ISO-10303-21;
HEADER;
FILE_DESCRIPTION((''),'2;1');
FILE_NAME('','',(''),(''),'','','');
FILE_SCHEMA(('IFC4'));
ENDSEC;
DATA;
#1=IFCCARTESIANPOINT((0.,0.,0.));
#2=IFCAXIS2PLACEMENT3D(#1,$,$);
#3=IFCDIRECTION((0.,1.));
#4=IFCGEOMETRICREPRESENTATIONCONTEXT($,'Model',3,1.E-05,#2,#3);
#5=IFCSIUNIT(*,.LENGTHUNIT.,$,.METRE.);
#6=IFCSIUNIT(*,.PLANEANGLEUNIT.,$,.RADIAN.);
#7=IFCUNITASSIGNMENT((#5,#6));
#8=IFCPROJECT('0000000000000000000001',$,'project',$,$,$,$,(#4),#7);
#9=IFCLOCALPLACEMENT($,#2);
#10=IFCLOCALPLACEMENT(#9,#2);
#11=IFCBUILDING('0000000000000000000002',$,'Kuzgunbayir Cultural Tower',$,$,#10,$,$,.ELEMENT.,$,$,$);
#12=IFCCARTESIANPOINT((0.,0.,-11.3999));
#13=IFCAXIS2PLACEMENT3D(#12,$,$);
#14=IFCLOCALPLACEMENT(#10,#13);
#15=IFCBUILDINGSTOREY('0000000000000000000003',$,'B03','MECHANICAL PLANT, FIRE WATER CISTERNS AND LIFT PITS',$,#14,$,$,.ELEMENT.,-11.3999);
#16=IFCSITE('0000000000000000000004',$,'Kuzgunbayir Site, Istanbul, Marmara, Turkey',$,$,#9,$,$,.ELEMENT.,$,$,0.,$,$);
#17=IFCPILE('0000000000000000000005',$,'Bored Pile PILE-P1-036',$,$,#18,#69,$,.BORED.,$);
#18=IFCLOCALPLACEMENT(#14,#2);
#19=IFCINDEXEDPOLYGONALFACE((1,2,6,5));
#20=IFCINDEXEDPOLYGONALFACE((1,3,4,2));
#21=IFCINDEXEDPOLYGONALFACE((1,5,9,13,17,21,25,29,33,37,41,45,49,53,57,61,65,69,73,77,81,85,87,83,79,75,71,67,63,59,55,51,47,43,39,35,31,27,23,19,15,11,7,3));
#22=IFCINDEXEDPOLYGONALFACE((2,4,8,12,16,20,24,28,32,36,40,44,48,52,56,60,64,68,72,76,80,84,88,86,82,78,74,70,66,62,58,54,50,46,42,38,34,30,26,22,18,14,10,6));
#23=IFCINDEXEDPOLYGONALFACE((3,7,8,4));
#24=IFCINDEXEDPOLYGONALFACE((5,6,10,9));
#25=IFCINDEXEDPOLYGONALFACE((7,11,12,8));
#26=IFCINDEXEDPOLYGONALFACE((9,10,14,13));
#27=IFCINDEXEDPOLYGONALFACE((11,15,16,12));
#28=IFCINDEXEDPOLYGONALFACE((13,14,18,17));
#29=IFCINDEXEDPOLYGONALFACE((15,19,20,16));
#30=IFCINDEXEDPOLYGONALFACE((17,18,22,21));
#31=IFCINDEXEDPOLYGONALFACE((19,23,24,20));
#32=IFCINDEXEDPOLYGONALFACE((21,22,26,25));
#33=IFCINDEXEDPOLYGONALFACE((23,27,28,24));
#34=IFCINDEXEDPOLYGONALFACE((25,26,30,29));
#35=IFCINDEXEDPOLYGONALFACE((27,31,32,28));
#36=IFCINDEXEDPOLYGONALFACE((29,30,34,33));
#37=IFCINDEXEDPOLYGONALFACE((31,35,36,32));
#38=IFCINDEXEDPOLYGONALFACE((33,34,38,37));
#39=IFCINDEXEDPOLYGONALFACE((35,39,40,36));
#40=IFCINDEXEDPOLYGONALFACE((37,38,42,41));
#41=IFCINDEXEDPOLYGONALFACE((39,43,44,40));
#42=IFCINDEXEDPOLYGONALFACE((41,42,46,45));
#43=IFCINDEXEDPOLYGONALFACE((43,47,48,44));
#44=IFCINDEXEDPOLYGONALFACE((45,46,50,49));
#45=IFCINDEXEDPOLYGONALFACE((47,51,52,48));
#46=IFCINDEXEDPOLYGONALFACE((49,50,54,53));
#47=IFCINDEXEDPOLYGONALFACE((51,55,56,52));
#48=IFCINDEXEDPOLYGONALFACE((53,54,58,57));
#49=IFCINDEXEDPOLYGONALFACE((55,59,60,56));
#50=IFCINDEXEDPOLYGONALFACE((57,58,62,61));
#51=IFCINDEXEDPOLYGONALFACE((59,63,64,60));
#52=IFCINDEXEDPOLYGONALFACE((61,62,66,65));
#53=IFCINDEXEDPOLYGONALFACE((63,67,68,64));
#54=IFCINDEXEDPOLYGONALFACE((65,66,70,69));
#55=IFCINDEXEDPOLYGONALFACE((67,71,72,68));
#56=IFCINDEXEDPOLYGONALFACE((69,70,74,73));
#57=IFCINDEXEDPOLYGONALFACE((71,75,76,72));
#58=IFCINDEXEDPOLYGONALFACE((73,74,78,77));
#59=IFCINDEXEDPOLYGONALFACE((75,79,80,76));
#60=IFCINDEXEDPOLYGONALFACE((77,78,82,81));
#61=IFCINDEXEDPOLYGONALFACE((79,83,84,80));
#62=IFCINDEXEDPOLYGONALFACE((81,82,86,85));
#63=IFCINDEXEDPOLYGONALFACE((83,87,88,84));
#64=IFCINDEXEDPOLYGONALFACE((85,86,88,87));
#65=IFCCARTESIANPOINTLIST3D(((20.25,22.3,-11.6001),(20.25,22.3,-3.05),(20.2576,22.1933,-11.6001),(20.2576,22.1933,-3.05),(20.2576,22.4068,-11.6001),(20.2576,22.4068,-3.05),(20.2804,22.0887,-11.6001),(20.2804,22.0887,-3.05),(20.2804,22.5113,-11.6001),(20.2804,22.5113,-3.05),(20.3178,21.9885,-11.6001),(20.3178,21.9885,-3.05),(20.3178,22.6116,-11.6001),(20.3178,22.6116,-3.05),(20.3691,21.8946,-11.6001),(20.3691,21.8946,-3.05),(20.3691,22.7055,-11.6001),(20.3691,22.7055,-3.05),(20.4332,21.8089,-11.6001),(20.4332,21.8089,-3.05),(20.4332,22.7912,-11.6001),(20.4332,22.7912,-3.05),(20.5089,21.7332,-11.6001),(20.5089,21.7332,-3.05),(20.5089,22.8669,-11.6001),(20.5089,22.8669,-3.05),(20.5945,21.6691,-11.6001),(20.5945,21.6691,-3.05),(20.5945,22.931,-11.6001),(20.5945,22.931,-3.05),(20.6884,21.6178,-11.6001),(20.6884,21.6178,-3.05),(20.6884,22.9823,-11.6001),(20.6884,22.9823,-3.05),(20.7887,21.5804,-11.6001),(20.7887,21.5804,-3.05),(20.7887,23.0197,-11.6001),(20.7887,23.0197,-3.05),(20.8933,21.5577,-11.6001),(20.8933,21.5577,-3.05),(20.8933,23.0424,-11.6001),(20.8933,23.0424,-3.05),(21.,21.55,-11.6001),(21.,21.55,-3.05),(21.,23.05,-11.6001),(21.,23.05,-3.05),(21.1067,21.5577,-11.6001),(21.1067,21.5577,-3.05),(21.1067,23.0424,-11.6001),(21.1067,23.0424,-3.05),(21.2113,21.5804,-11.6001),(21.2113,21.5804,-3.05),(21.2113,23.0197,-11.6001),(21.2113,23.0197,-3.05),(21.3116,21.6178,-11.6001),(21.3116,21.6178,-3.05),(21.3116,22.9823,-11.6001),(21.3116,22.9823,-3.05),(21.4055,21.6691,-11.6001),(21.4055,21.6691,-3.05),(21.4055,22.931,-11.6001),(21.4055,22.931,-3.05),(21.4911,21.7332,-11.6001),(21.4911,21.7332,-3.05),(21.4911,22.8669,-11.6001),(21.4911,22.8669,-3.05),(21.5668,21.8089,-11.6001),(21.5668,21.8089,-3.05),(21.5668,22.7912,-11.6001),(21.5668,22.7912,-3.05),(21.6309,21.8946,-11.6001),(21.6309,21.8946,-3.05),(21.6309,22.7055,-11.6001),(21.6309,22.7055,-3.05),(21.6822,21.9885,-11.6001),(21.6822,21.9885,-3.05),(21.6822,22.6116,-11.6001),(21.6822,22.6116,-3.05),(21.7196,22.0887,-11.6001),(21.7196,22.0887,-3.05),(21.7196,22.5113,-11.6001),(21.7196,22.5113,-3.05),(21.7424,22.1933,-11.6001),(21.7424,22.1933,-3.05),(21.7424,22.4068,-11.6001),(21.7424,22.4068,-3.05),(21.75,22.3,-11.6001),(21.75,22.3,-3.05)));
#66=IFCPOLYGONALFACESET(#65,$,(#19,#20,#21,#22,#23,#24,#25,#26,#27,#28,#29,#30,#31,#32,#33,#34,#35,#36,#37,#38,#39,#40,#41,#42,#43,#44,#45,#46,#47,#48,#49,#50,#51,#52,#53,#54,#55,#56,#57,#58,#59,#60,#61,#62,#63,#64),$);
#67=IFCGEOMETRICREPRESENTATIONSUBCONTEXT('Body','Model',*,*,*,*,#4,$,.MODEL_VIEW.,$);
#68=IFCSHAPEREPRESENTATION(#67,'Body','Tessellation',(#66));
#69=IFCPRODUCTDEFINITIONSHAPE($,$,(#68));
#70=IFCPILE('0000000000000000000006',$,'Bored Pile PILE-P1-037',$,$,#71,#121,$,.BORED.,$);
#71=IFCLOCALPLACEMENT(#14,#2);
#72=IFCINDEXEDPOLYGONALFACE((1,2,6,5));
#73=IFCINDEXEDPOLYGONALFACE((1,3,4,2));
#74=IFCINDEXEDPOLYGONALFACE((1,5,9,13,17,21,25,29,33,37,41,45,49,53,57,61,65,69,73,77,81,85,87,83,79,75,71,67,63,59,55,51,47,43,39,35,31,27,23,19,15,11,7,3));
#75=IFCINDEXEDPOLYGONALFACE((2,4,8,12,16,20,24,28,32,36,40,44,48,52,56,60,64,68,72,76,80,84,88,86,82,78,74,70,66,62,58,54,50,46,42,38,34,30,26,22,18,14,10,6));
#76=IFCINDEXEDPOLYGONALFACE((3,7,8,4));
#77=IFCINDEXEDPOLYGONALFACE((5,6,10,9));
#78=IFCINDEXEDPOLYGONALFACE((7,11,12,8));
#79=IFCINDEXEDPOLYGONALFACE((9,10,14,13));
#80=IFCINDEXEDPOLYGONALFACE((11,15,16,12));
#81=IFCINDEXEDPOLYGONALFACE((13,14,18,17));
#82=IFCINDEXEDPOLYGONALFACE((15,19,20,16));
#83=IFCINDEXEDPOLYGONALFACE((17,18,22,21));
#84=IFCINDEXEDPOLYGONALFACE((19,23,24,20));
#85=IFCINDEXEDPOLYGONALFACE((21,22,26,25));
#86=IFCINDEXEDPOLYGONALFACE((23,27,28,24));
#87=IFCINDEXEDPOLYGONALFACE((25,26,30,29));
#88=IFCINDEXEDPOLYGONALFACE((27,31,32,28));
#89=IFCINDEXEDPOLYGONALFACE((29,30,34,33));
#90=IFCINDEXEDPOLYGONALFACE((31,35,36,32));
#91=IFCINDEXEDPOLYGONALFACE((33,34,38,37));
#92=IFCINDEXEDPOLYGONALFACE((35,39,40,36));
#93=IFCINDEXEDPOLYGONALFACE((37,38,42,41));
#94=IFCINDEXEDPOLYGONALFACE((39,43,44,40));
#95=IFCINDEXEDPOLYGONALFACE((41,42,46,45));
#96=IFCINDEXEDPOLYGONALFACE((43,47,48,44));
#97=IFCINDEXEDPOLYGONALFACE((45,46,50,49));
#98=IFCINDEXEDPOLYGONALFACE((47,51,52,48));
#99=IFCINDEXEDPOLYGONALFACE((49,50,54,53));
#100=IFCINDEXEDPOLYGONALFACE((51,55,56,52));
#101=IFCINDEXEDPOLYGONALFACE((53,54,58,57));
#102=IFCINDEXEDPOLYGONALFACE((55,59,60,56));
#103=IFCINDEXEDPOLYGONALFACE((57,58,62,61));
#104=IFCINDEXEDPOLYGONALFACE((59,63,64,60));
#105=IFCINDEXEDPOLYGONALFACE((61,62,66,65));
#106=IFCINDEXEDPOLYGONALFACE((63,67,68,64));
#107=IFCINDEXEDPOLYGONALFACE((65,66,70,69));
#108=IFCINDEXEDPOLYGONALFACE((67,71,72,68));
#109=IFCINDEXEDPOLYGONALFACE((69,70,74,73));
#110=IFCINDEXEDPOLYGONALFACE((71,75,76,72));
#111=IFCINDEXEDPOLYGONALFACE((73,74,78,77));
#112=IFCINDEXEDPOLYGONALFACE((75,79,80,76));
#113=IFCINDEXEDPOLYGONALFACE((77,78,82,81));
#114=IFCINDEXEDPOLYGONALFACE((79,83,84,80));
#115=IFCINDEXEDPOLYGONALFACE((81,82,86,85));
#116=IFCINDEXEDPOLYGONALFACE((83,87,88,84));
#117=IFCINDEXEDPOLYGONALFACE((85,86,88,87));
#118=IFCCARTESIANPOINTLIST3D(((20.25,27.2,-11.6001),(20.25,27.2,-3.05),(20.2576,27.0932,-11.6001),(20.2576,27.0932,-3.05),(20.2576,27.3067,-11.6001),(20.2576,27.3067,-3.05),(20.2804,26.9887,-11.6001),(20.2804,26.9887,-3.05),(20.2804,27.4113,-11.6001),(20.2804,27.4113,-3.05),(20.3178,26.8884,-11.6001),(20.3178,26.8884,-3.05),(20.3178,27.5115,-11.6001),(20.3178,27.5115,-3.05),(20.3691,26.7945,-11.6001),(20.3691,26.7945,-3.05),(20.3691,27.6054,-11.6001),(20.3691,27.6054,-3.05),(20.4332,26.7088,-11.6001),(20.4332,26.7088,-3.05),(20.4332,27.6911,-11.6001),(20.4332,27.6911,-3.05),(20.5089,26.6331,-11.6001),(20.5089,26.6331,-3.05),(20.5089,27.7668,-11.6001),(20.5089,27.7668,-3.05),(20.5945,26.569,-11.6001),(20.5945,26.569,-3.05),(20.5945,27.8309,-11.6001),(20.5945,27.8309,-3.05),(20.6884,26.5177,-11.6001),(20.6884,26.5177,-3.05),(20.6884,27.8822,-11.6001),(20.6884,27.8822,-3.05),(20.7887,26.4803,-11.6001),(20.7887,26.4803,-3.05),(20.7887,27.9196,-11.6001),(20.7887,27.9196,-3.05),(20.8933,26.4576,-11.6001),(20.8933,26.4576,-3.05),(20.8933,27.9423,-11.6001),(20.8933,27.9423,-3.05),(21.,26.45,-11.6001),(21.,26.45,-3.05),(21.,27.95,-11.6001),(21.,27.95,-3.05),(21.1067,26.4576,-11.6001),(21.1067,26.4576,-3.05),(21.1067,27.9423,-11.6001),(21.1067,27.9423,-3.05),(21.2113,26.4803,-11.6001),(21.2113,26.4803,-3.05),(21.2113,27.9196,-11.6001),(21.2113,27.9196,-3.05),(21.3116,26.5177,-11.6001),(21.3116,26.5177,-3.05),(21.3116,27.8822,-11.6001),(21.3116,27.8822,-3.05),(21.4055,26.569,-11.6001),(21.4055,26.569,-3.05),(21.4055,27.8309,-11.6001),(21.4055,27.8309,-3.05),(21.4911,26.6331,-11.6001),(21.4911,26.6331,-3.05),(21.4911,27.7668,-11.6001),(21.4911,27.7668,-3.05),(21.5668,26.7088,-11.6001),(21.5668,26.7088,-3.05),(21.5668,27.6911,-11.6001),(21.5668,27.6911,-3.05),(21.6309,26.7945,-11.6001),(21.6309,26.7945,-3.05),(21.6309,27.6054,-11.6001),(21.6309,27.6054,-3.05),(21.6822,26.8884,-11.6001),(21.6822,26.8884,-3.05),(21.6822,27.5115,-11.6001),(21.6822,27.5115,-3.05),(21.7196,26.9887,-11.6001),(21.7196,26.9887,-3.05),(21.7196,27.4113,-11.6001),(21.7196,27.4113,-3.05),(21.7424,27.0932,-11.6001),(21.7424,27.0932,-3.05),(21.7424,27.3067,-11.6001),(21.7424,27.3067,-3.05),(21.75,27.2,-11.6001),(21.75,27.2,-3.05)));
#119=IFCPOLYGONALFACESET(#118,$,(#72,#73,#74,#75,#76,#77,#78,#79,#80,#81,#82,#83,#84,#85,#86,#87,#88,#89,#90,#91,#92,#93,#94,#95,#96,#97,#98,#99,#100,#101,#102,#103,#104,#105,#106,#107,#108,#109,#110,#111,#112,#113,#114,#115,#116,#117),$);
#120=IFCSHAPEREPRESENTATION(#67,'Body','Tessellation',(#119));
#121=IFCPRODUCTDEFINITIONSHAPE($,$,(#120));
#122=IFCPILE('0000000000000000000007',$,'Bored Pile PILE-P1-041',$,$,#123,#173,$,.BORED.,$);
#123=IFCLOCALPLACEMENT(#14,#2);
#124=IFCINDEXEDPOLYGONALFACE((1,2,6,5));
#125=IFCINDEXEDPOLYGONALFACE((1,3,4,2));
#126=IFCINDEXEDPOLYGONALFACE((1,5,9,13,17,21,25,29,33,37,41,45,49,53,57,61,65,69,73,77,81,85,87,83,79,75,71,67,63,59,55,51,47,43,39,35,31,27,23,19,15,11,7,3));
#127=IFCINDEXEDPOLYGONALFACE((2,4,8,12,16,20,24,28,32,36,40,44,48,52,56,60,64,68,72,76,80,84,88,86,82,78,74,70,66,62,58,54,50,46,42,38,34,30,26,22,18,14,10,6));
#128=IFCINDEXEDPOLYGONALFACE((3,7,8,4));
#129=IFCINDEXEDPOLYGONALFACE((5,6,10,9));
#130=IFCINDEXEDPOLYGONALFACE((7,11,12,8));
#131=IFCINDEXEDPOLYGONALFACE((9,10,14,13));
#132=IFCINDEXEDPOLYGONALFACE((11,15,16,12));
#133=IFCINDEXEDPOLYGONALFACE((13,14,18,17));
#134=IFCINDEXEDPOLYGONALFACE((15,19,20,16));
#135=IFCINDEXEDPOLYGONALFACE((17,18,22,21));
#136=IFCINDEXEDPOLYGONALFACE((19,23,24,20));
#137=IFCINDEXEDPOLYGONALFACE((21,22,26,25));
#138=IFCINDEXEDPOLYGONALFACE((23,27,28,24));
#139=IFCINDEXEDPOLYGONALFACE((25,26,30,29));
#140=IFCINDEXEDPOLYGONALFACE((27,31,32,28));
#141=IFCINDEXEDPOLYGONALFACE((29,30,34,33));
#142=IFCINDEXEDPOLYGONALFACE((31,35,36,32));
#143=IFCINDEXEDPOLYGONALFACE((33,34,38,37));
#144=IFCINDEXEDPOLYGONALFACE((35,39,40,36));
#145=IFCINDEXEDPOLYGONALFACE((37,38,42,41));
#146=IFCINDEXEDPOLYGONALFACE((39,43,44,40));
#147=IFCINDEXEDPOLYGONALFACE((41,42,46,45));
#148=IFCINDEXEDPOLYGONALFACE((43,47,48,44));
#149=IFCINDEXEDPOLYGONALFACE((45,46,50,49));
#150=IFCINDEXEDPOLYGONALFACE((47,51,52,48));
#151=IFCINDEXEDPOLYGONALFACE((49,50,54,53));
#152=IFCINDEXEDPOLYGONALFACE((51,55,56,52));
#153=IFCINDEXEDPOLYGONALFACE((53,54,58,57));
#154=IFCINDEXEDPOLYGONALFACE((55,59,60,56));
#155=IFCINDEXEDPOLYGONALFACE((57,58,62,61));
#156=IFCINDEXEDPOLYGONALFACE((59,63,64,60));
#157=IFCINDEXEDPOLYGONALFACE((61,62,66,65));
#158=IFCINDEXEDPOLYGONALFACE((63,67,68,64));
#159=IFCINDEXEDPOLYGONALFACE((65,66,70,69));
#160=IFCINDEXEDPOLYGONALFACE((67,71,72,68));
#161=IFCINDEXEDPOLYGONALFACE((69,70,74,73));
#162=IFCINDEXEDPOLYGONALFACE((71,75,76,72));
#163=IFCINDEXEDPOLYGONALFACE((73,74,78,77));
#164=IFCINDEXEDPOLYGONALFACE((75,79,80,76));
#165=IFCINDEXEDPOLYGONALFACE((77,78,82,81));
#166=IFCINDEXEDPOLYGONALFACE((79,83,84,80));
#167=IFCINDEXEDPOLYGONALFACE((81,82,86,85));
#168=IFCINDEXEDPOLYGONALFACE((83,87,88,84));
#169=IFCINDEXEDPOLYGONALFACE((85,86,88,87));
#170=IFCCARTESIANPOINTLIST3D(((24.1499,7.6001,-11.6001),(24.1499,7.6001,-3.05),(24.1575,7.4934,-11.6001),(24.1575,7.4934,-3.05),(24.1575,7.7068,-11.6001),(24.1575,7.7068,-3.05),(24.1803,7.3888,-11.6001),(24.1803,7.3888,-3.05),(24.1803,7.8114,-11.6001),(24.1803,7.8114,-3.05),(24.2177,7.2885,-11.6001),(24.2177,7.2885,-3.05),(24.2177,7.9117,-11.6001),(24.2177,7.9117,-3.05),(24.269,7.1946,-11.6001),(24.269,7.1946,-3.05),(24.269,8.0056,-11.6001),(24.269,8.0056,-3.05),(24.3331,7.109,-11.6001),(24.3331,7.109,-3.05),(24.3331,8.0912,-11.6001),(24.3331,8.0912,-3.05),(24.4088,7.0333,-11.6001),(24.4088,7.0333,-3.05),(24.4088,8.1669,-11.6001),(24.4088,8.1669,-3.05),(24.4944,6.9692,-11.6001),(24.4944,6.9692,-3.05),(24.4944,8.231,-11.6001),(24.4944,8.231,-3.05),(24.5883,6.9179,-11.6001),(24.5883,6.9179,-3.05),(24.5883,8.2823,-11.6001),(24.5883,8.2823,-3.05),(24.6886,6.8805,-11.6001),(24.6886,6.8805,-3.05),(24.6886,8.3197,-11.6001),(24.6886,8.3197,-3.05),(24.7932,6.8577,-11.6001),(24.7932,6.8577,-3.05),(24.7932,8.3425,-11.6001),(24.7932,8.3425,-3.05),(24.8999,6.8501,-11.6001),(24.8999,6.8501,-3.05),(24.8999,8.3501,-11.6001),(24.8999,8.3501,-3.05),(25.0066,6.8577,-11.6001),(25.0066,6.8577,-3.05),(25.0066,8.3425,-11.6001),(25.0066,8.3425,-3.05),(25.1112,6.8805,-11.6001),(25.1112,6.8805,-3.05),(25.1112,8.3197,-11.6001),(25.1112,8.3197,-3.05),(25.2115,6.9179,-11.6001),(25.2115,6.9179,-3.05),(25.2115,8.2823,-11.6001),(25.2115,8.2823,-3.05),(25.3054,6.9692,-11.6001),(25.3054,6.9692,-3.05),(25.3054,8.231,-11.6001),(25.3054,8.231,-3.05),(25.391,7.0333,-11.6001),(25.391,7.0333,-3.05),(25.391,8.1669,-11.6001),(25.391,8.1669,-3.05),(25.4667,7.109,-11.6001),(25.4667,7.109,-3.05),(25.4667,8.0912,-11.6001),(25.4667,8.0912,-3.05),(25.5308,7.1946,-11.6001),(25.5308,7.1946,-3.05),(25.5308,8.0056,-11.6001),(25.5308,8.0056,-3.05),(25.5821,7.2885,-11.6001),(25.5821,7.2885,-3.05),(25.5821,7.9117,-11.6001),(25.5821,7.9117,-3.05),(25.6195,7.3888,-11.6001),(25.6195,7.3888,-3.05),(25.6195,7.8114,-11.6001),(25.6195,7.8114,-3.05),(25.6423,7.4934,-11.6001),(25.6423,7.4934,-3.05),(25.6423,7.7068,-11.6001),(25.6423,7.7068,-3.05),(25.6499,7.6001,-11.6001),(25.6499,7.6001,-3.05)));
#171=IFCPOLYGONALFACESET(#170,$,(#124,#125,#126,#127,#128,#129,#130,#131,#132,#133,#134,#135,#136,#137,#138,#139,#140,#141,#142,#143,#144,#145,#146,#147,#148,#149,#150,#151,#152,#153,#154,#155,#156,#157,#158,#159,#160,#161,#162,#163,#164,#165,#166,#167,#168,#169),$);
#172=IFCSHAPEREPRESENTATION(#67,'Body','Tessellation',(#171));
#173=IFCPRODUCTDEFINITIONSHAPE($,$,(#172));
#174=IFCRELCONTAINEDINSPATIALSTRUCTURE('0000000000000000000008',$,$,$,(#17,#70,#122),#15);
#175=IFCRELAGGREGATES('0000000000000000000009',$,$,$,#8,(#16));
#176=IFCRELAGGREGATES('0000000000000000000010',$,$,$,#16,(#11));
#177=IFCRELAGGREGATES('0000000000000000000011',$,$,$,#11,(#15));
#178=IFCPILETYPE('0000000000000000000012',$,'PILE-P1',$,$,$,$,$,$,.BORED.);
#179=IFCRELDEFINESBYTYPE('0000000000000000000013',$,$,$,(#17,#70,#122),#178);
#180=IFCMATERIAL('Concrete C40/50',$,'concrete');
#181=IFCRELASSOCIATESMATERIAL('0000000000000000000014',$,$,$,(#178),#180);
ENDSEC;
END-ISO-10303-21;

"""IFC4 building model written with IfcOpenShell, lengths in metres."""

from ifc_helpers import new_model, si_unit, direction, frame, origin, origin_2d, place, context, subcontext, project, spatial, circle, extrude, material, material_profile, profile_set, type_object, element, save


model = new_model("IFC4")

# Units and contexts
model_context = context("Model", 3, precision=1e-05, world=origin(), true_north=direction((0.0, 1.0)))
body_context = subcontext(model_context, "Body", "Model", "MODEL_VIEW")
ifc_project = project(units=[si_unit("LENGTHUNIT", "METRE"), si_unit("PLANEANGLEUNIT", "RADIAN")], contexts=[model_context])

# Site, building, storey
site_placement = place(None, origin())
site = spatial("IfcSite", under=ifc_project, at=site_placement, Name="Kuzgunbayir Site, Istanbul, Marmara, Turkey", CompositionType="ELEMENT", RefElevation=0.0)
building_placement = place(site_placement, origin())
building = spatial("IfcBuilding", under=site, at=building_placement, Name="Kuzgunbayir Cultural Tower", CompositionType="ELEMENT")
storey_placement = place(building_placement, frame((0.0, 0.0, -11.3999)))
storey = spatial("IfcBuildingStorey", under=building, at=storey_placement, Name="B03", Description="MECHANICAL PLANT, FIRE WATER CISTERNS AND LIFT PITS", CompositionType="ELEMENT", Elevation=-11.3999)

# Piles
ifc_material_1 = material(Name="Concrete C40/50", Category="concrete")
ifc_material_profile_1 = material_profile(ifc_material_1, circle(Radius=0.75, at=origin_2d()), Name="BORED PILE 1500")
ifc_profile_set_1 = profile_set([ifc_material_profile_1], Name="Concrete C40/50")
pile_type_1 = type_object("IfcPileType", Name="PILE-P1", PredefinedType="BORED", material=ifc_profile_set_1)
for number, where, z_axis, x_axis, name in (
    (1, (21.0, 22.3, -3.05), (0.0, 0.0, -1.0), (1.0, 0.0, 0.0), "Bored Pile PILE-P1-036"),
    (2, (21.0, 27.2, -3.05), (0.0, 0.0, -1.0), (1.0, 0.0, 0.0), "Bored Pile PILE-P1-037"),
    (3, (24.8999, 7.6001, -3.05), (0.0, 0.0, -1.0), (1.0, 0.0, 0.0), "Bored Pile PILE-P1-041"),
):
    element("IfcPile", number, at=place(storey_placement, frame(where, z_axis=z_axis, x_axis=x_axis)), inside=storey, type_object=pile_type_1, Name=name, PredefinedType="BORED", context=body_context, shape_type="SweptSolid", body=[
        extrude(circle(Radius=0.75, at=origin_2d()), origin(), (0.0, 0.0, 1.0), 8.55),
    ])

save(model, "model.ifc")
